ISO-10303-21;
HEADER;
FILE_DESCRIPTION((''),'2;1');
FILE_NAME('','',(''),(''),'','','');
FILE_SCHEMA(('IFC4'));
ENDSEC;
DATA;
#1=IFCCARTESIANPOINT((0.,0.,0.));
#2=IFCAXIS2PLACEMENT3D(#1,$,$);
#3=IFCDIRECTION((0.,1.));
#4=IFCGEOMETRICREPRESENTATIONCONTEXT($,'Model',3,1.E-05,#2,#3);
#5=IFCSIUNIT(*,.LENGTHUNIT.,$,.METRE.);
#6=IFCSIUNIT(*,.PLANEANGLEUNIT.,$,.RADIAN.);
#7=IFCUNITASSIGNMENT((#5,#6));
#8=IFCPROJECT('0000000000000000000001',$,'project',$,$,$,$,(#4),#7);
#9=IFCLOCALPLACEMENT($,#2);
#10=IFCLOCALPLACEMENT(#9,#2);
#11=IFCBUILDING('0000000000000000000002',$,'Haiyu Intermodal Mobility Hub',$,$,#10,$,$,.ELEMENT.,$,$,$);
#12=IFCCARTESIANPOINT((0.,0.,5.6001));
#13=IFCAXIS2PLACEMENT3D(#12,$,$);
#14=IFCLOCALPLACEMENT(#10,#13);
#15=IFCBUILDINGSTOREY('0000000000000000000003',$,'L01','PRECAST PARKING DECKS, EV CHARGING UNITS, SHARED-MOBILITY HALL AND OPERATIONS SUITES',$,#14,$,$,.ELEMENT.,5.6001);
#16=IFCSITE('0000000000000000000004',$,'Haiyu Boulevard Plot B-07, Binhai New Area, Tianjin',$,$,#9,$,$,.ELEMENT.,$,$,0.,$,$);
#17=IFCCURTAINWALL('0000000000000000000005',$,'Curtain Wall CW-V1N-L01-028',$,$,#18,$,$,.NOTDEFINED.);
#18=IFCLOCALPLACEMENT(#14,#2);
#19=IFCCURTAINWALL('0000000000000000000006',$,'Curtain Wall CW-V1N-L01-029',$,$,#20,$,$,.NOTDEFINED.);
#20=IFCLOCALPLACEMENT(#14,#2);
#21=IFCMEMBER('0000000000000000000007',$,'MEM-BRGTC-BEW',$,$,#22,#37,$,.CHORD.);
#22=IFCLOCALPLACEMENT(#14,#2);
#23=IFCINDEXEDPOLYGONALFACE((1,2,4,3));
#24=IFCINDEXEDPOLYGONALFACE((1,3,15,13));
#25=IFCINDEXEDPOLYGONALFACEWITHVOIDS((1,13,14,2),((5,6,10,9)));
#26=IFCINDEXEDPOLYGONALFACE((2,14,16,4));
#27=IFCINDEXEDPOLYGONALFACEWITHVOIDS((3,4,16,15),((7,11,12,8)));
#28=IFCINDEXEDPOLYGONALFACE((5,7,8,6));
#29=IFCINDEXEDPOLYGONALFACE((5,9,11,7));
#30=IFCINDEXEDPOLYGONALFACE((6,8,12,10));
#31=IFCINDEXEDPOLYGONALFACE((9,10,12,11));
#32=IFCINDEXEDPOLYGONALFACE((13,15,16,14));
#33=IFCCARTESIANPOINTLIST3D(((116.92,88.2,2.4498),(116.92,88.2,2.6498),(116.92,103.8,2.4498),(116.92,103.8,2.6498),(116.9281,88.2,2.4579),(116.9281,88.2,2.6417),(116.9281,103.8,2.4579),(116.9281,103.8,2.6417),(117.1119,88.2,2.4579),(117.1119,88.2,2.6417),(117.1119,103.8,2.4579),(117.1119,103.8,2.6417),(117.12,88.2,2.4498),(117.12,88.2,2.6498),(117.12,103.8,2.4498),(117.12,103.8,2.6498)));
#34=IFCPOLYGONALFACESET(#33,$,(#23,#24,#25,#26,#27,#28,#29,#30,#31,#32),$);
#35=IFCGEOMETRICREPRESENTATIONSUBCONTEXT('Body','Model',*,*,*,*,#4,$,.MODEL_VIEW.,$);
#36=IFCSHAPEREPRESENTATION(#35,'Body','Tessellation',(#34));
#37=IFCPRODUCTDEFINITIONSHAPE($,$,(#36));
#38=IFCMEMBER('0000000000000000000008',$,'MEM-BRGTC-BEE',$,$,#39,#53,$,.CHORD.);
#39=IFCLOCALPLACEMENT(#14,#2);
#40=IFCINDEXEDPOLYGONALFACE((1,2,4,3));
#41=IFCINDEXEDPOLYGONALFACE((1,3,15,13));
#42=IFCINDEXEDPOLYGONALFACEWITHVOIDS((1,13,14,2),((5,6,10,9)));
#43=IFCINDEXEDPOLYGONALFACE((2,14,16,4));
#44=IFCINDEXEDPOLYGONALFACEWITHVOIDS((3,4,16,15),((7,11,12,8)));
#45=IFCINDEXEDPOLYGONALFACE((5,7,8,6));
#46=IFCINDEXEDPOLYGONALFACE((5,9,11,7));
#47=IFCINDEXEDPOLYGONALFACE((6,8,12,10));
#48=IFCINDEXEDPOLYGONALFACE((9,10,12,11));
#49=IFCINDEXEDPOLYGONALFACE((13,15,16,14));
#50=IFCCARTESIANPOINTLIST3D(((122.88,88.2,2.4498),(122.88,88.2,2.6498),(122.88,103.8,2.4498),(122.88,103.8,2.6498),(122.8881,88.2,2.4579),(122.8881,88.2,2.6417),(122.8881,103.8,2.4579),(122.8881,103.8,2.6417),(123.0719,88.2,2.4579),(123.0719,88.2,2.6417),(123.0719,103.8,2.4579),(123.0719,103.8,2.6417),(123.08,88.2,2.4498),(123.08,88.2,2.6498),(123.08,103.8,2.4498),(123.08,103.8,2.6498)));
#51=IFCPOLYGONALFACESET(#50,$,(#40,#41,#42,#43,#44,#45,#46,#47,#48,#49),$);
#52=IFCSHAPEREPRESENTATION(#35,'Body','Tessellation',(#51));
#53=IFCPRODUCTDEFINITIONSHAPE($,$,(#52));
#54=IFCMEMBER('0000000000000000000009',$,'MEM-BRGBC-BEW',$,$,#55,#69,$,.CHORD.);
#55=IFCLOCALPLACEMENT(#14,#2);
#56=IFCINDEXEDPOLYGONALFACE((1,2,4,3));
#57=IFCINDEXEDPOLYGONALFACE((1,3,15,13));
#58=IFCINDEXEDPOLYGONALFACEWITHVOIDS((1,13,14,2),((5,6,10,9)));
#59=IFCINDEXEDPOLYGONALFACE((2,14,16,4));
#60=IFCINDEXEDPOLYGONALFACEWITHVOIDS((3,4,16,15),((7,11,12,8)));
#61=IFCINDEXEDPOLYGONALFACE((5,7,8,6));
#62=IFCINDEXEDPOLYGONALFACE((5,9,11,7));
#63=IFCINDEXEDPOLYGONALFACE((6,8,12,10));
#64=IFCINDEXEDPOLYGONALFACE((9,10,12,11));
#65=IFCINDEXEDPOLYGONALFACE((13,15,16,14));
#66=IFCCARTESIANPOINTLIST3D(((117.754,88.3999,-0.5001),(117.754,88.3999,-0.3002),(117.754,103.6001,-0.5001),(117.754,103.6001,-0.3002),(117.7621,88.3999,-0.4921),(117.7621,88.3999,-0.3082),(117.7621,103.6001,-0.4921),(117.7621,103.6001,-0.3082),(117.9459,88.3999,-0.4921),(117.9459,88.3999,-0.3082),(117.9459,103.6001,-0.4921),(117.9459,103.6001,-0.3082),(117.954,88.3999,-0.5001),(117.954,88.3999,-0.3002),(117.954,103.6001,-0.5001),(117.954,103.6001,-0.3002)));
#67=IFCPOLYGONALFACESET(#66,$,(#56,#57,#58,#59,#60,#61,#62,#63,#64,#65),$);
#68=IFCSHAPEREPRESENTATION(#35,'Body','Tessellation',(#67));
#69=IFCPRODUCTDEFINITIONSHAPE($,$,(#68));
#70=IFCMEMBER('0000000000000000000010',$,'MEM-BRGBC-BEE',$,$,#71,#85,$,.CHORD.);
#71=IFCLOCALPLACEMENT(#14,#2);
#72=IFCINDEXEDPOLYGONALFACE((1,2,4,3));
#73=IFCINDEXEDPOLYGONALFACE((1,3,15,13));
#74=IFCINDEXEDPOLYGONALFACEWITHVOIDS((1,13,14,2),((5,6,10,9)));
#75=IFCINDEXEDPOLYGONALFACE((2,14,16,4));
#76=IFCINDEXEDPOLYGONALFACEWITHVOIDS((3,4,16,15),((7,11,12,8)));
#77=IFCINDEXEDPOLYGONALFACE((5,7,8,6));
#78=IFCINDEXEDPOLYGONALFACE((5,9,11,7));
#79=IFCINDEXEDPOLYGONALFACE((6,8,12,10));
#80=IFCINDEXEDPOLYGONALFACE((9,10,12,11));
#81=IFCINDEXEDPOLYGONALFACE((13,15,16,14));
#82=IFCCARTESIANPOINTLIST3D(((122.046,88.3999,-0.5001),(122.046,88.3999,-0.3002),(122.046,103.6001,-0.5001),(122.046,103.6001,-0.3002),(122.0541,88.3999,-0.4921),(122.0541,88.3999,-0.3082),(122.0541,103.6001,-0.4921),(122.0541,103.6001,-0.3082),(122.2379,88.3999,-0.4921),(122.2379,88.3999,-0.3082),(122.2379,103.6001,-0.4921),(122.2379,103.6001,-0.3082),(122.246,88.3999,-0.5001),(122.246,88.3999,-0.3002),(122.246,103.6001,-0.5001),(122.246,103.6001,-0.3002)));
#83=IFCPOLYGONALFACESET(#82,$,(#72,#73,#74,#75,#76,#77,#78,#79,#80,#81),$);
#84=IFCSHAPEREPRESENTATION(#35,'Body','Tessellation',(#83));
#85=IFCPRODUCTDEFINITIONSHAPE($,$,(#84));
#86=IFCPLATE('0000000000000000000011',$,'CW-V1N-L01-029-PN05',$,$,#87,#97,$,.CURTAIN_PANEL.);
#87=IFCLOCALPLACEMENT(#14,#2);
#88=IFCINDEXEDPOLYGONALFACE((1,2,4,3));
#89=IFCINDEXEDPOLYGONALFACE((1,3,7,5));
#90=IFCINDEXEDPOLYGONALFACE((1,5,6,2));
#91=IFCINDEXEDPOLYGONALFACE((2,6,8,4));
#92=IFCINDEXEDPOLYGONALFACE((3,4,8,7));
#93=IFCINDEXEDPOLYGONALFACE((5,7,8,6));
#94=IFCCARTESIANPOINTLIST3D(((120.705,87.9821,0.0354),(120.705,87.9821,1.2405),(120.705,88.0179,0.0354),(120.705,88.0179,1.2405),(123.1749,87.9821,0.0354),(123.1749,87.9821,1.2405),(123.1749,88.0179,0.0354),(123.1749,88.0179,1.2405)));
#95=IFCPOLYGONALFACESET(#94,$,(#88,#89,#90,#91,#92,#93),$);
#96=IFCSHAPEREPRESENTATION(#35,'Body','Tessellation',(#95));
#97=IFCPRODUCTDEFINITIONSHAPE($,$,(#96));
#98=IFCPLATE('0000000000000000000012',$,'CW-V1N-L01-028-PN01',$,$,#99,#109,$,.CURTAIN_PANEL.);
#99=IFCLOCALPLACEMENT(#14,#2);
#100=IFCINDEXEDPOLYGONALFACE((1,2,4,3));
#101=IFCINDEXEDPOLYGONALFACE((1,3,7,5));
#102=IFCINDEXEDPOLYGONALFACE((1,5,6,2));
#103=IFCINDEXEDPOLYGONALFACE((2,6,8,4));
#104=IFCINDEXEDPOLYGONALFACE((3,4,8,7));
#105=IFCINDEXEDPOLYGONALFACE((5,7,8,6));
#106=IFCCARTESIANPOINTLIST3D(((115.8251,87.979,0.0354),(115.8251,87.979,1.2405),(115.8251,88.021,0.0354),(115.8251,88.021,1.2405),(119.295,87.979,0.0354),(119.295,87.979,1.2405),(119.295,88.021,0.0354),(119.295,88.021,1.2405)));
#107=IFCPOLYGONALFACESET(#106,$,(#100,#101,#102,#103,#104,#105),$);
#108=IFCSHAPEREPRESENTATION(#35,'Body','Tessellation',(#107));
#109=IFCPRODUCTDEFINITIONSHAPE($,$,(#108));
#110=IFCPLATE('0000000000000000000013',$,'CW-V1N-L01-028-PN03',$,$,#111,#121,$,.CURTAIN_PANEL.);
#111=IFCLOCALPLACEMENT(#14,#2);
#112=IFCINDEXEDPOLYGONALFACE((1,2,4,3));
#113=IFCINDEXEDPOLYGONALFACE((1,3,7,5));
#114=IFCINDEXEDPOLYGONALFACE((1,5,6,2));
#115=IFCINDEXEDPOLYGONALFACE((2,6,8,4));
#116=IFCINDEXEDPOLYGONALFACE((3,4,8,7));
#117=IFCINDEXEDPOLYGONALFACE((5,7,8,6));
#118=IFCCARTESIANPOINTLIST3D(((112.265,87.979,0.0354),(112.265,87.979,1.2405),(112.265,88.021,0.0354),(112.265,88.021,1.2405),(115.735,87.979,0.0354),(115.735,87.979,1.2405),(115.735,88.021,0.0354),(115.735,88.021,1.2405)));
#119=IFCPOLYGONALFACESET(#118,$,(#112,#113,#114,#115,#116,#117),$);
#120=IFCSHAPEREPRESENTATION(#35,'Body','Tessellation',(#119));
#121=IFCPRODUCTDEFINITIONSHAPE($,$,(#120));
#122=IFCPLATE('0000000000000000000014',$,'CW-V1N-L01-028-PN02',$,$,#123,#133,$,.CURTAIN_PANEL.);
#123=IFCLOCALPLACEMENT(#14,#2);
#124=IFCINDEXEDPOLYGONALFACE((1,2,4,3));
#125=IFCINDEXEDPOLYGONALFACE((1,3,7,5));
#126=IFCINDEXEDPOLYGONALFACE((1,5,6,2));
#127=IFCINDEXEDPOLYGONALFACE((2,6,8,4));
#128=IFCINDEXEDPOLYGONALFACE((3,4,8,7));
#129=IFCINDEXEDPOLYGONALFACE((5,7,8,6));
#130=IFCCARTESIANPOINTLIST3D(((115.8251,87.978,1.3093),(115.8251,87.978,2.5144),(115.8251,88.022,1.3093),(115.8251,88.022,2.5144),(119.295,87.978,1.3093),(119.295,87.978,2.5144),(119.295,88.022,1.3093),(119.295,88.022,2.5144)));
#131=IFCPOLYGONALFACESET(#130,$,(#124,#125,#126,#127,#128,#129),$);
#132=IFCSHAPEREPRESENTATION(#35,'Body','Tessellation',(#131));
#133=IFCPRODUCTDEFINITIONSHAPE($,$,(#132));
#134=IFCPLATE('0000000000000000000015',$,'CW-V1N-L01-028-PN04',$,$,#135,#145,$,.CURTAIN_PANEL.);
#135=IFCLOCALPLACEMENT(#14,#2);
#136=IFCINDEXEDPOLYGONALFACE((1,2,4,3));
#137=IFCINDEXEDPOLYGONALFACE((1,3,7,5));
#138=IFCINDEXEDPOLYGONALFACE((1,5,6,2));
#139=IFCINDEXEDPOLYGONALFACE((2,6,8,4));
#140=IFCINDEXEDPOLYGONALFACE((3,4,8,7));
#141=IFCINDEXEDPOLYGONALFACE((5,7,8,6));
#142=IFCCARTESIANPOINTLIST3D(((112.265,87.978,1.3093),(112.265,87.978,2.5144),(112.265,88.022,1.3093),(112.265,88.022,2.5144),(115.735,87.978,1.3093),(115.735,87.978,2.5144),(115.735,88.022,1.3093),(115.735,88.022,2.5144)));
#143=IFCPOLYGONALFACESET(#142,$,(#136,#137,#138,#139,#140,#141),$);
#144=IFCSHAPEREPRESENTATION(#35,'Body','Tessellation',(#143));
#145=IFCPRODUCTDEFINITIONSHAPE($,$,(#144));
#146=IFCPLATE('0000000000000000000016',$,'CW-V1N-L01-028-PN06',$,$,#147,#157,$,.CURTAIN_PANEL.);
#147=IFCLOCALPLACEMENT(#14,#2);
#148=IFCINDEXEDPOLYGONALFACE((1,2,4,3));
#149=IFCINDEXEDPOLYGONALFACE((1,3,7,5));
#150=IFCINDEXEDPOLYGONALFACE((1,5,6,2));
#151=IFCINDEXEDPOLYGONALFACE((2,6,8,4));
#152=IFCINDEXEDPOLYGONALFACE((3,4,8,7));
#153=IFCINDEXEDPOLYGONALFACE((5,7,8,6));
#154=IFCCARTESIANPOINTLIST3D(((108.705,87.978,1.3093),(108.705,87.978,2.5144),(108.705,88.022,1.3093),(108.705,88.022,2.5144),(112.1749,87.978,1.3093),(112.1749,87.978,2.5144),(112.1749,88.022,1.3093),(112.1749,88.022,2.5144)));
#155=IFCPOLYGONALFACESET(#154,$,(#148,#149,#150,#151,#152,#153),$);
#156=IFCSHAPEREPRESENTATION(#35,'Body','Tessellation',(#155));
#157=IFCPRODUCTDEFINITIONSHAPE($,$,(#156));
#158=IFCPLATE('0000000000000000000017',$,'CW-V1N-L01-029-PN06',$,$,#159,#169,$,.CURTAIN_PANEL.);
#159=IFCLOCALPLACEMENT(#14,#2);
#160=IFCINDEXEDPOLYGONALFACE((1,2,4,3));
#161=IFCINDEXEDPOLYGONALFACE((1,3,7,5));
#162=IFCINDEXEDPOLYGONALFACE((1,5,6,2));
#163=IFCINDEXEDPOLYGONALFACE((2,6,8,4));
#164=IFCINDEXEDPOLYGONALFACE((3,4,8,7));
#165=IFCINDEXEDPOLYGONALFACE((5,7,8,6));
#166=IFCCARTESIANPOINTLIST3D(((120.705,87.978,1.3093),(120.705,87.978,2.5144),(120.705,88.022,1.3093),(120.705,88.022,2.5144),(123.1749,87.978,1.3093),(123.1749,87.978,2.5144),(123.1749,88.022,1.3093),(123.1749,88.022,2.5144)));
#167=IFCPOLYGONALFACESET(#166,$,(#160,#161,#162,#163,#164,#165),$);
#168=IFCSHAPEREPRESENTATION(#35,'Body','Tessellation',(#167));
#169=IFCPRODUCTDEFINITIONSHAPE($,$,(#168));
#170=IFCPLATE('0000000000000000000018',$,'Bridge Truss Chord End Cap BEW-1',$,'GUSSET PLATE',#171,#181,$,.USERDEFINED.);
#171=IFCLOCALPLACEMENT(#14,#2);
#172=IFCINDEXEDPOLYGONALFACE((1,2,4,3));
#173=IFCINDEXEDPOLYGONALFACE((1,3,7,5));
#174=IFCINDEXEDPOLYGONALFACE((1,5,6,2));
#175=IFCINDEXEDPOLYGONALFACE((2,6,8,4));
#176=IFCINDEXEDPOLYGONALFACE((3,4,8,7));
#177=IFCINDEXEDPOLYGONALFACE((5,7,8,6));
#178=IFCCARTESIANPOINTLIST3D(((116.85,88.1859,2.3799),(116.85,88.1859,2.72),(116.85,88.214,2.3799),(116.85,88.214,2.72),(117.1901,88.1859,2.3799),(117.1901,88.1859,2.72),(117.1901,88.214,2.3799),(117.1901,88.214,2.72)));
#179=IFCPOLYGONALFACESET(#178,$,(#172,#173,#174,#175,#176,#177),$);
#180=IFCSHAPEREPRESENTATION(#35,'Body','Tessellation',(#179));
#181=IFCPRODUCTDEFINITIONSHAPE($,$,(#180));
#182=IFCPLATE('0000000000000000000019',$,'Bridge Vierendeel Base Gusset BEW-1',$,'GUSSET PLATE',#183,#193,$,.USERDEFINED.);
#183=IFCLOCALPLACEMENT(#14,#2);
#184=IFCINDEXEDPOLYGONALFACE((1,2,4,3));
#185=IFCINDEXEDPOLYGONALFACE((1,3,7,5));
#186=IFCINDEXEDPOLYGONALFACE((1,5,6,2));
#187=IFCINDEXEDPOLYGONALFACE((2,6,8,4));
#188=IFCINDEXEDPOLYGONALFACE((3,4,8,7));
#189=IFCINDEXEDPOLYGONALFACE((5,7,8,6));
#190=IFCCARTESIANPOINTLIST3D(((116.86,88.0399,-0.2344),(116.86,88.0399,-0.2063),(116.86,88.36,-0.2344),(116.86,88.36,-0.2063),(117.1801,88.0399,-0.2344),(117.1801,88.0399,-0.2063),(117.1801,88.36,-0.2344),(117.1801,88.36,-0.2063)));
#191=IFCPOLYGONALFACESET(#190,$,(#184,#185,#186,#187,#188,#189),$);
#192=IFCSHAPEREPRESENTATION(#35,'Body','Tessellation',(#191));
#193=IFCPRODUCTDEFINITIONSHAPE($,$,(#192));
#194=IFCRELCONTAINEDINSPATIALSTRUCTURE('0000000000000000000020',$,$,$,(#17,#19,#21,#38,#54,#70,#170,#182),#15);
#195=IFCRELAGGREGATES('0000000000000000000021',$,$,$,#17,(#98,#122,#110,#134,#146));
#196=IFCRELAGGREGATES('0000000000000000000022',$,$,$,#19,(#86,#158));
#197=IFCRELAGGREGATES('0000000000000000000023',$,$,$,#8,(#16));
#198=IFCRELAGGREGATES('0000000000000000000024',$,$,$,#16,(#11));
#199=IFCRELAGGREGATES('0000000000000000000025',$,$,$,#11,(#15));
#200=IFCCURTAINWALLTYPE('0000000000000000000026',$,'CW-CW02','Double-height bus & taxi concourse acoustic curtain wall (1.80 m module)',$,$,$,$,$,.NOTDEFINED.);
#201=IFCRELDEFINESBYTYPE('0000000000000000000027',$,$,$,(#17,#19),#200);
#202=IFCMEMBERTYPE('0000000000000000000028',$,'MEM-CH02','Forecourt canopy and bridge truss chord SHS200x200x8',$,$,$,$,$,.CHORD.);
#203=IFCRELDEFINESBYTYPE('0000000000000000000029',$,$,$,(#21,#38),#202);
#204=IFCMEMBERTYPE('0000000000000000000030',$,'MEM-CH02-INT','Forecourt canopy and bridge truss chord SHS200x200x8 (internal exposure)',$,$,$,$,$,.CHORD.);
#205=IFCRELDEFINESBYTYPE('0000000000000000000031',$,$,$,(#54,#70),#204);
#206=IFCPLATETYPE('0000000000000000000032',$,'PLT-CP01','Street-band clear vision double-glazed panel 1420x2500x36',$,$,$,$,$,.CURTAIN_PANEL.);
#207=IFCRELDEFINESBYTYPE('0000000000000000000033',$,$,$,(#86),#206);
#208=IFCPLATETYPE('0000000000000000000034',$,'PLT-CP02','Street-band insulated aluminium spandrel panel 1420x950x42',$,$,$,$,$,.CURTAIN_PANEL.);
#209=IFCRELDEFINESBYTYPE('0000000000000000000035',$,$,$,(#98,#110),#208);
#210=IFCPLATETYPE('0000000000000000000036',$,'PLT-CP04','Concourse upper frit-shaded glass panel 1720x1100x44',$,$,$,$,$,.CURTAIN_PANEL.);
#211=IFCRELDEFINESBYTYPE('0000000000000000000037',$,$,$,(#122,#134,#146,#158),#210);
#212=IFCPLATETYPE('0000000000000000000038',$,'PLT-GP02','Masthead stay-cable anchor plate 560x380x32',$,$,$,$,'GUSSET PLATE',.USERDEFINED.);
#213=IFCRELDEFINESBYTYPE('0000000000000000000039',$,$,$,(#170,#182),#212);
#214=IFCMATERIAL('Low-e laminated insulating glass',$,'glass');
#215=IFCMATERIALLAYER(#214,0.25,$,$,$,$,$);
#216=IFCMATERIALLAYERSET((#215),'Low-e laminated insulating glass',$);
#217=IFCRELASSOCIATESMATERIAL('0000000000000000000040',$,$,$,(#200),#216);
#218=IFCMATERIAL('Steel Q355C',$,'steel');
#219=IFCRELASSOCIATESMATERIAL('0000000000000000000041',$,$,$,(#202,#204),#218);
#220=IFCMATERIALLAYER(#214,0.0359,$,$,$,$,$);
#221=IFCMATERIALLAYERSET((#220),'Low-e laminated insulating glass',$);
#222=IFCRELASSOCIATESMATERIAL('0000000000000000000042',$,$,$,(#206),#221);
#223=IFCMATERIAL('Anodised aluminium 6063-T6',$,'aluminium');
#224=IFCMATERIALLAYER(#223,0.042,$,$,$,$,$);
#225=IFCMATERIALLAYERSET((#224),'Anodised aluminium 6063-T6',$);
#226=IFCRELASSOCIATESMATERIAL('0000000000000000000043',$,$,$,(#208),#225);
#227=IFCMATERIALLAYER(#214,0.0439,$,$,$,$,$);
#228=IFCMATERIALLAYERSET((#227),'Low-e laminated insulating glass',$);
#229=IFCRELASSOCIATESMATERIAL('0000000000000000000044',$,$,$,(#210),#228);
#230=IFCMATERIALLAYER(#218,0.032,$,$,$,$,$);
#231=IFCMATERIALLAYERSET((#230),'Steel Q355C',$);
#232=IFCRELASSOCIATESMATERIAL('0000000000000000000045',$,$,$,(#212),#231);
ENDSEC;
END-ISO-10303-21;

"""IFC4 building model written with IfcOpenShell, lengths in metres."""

from ifc_helpers import new_model, si_unit, direction, frame, origin, origin_2d, place, context, subcontext, project, spatial, rectangle, hollow_rectangle, extrude, material, layer, layer_set, material_profile, profile_set, type_object, element, aggregate, save


model = new_model("IFC4")

# Units and contexts
model_context = context("Model", 3, precision=1e-05, world=origin(), true_north=direction((0.0, 1.0)))
body_context = subcontext(model_context, "Body", "Model", "MODEL_VIEW")
ifc_project = project(units=[si_unit("LENGTHUNIT", "METRE"), si_unit("PLANEANGLEUNIT", "RADIAN")], contexts=[model_context])

# Site, building, storey
site_placement = place(None, origin())
site = spatial("IfcSite", under=ifc_project, at=site_placement, Name="Haiyu Boulevard Plot B-07, Binhai New Area, Tianjin", CompositionType="ELEMENT", RefElevation=0.0)
building_placement = place(site_placement, origin())
building = spatial("IfcBuilding", under=site, at=building_placement, Name="Haiyu Intermodal Mobility Hub", CompositionType="ELEMENT")
storey_placement = place(building_placement, frame((0.0, 0.0, 5.6001)))
storey = spatial("IfcBuildingStorey", under=building, at=storey_placement, Name="L01", Description="PRECAST PARKING DECKS, EV CHARGING UNITS, SHARED-MOBILITY HALL AND OPERATIONS SUITES", CompositionType="ELEMENT", Elevation=5.6001)

# Shared definitions
ifc_material_1 = material(Name="Steel Q355C", Category="steel")

# Curtain wall
ifc_material_2 = material(Name="Low-e laminated insulating glass", Category="glass")
ifc_layer_1 = layer(ifc_material_2, 0.25)
ifc_layer_set_1 = layer_set([ifc_layer_1], Name="Low-e laminated insulating glass")
curtain_wall_type = type_object("IfcCurtainWallType", Name="CW-CW02", Description="Double-height bus & taxi concourse acoustic curtain wall (1.80 m module)", PredefinedType="NOTDEFINED", material=ifc_layer_set_1)
curtain_wall_1_placement = place(storey_placement, origin())
curtain_wall_1 = element("IfcCurtainWall", 1, at=curtain_wall_1_placement, inside=storey, type_object=curtain_wall_type, Name="Curtain Wall CW-V1N-L01-028", PredefinedType="NOTDEFINED")
ifc_material_3 = material(Name="Anodised aluminium 6063-T6", Category="aluminium")

# Curtain wall
curtain_wall_2_placement = place(storey_placement, origin())
curtain_wall_2 = element("IfcCurtainWall", 2, at=curtain_wall_2_placement, inside=storey, type_object=curtain_wall_type, Name="Curtain Wall CW-V1N-L01-029", PredefinedType="NOTDEFINED")

# Members
ifc_material_profile_1 = material_profile(ifc_material_1, hollow_rectangle(XDim=0.2, YDim=0.2, WallThickness=0.0081, at=origin_2d()), Name="SHS200x200x8")
ifc_profile_set_1 = profile_set([ifc_material_profile_1], Name="Steel Q355C")
member_type_1 = type_object("IfcMemberType", Name="MEM-CH02", Description="Forecourt canopy and bridge truss chord SHS200x200x8", PredefinedType="CHORD", material=ifc_profile_set_1)
for number, where, z_axis, x_axis, name in (
    (3, (117.02, 88.2, 2.5498), (0.0, 1.0, 0.0), (-1.0, 0.0, 0.0), "MEM-BRGTC-BEW"),
    (4, (122.98, 88.2, 2.5498), (0.0, 1.0, 0.0), (-1.0, 0.0, 0.0), "MEM-BRGTC-BEE"),
):
    element("IfcMember", number, at=place(storey_placement, frame(where, z_axis=z_axis, x_axis=x_axis)), inside=storey, type_object=member_type_1, Name=name, PredefinedType="CHORD", context=body_context, shape_type="SweptSolid", body=[
        extrude(hollow_rectangle(XDim=0.2, YDim=0.2, WallThickness=0.0081, at=origin_2d()), origin(), (0.0, 0.0, 1.0), 15.6001),
    ])
ifc_material_profile_2 = material_profile(ifc_material_1, hollow_rectangle(XDim=0.2, YDim=0.2, WallThickness=0.0081, at=origin_2d()), Name="SHS200x200x8")
ifc_profile_set_2 = profile_set([ifc_material_profile_2], Name="Steel Q355C")
member_type_2 = type_object("IfcMemberType", Name="MEM-CH02-INT", Description="Forecourt canopy and bridge truss chord SHS200x200x8 (internal exposure)", PredefinedType="CHORD", material=ifc_profile_set_2)
for number, where, z_axis, x_axis, name in (
    (5, (117.854, 88.3999, -0.4001), (0.0, 1.0, 0.0), (-1.0, 0.0, 0.0), "MEM-BRGBC-BEW"),
    (6, (122.146, 88.3999, -0.4001), (0.0, 1.0, 0.0), (-1.0, 0.0, 0.0), "MEM-BRGBC-BEE"),
):
    element("IfcMember", number, at=place(storey_placement, frame(where, z_axis=z_axis, x_axis=x_axis)), inside=storey, type_object=member_type_2, Name=name, PredefinedType="CHORD", context=body_context, shape_type="SweptSolid", body=[
        extrude(hollow_rectangle(XDim=0.2, YDim=0.2, WallThickness=0.0081, at=origin_2d()), origin(), (0.0, 0.0, 1.0), 15.2002),
    ])

# Plates
ifc_layer_2 = layer(ifc_material_2, 0.0359)
ifc_layer_set_2 = layer_set([ifc_layer_2], Name="Low-e laminated insulating glass")
plate_type_1 = type_object("IfcPlateType", Name="PLT-CP01", Description="Street-band clear vision double-glazed panel 1420x2500x36", PredefinedType="CURTAIN_PANEL", material=ifc_layer_set_2)
plate_1_placement = place(storey_placement, frame((121.9399, 88.0, 0.0354), z_axis=(0.0, 0.0, 1.0), x_axis=(-1.0, 0.0, 0.0)))
plate_1 = element("IfcPlate", 7, at=plate_1_placement, type_object=plate_type_1, Name="CW-V1N-L01-029-PN05", PredefinedType="CURTAIN_PANEL", context=body_context, shape_type="SweptSolid", body=[
    extrude(rectangle(XDim=2.47, YDim=0.0359, at=origin_2d()), origin(), (0.0, 0.0, 1.0), 1.2051),
])
ifc_layer_3 = layer(ifc_material_3, 0.042)
ifc_layer_set_3 = layer_set([ifc_layer_3], Name="Anodised aluminium 6063-T6")
plate_type_2 = type_object("IfcPlateType", Name="PLT-CP02", Description="Street-band insulated aluminium spandrel panel 1420x950x42", PredefinedType="CURTAIN_PANEL", material=ifc_layer_set_3)
plate_2_placement = place(storey_placement, frame((117.5601, 88.0, 0.0354), z_axis=(0.0, 0.0, 1.0), x_axis=(-1.0, 0.0, 0.0)))
plate_2 = element("IfcPlate", 8, at=plate_2_placement, type_object=plate_type_2, Name="CW-V1N-L01-028-PN01", PredefinedType="CURTAIN_PANEL", context=body_context, shape_type="SweptSolid", body=[
    extrude(rectangle(XDim=3.47, YDim=0.042, at=origin_2d()), origin(), (0.0, 0.0, 1.0), 1.2051),
])
plate_3_placement = place(storey_placement, frame((114.0, 88.0, 0.0354), z_axis=(0.0, 0.0, 1.0), x_axis=(-1.0, 0.0, 0.0)))
plate_3 = element("IfcPlate", 9, at=plate_3_placement, type_object=plate_type_2, Name="CW-V1N-L01-028-PN03", PredefinedType="CURTAIN_PANEL", context=body_context, shape_type="SweptSolid", body=[
    extrude(rectangle(XDim=3.47, YDim=0.042, at=origin_2d()), origin(), (0.0, 0.0, 1.0), 1.2051),
])
ifc_layer_4 = layer(ifc_material_2, 0.0439)
ifc_layer_set_4 = layer_set([ifc_layer_4], Name="Low-e laminated insulating glass")
plate_type_3 = type_object("IfcPlateType", Name="PLT-CP04", Description="Concourse upper frit-shaded glass panel 1720x1100x44", PredefinedType="CURTAIN_PANEL", material=ifc_layer_set_4)
plate_4_placement = place(storey_placement, frame((117.5601, 88.0, 1.3093), z_axis=(0.0, 0.0, 1.0), x_axis=(-1.0, 0.0, 0.0)))
plate_4 = element("IfcPlate", 10, at=plate_4_placement, type_object=plate_type_3, Name="CW-V1N-L01-028-PN02", PredefinedType="CURTAIN_PANEL", context=body_context, shape_type="SweptSolid", body=[
    extrude(rectangle(XDim=3.47, YDim=0.0439, at=origin_2d()), origin(), (0.0, 0.0, 1.0), 1.2051),
])
plate_5_placement = place(storey_placement, frame((114.0, 88.0, 1.3093), z_axis=(0.0, 0.0, 1.0), x_axis=(-1.0, 0.0, 0.0)))
plate_5 = element("IfcPlate", 11, at=plate_5_placement, type_object=plate_type_3, Name="CW-V1N-L01-028-PN04", PredefinedType="CURTAIN_PANEL", context=body_context, shape_type="SweptSolid", body=[
    extrude(rectangle(XDim=3.47, YDim=0.0439, at=origin_2d()), origin(), (0.0, 0.0, 1.0), 1.2051),
])
plate_6_placement = place(storey_placement, frame((110.4399, 88.0, 1.3093), z_axis=(0.0, 0.0, 1.0), x_axis=(-1.0, 0.0, 0.0)))
plate_6 = element("IfcPlate", 12, at=plate_6_placement, type_object=plate_type_3, Name="CW-V1N-L01-028-PN06", PredefinedType="CURTAIN_PANEL", context=body_context, shape_type="SweptSolid", body=[
    extrude(rectangle(XDim=3.47, YDim=0.0439, at=origin_2d()), origin(), (0.0, 0.0, 1.0), 1.2051),
])
aggregate(curtain_wall_1, [plate_2, plate_4, plate_3, plate_5, plate_6])
plate_7_placement = place(storey_placement, frame((121.9399, 88.0, 1.3093), z_axis=(0.0, 0.0, 1.0), x_axis=(-1.0, 0.0, 0.0)))
plate_7 = element("IfcPlate", 13, at=plate_7_placement, type_object=plate_type_3, Name="CW-V1N-L01-029-PN06", PredefinedType="CURTAIN_PANEL", context=body_context, shape_type="SweptSolid", body=[
    extrude(rectangle(XDim=2.47, YDim=0.0439, at=origin_2d()), origin(), (0.0, 0.0, 1.0), 1.2051),
])
aggregate(curtain_wall_2, [plate_1, plate_7])

# Plates
ifc_layer_5 = layer(ifc_material_1, 0.032)
ifc_layer_set_5 = layer_set([ifc_layer_5], Name="Steel Q355C")
plate_type_4 = type_object("IfcPlateType", Name="PLT-GP02", Description="Masthead stay-cable anchor plate 560x380x32", ElementType="GUSSET PLATE", PredefinedType="USERDEFINED", material=ifc_layer_set_5)
plate_8_placement = place(storey_placement, frame((117.02, 88.2, 2.3799), z_axis=(0.0, 0.0, 1.0), x_axis=(1.0, 0.0, 0.0)))
element("IfcPlate", 14, at=plate_8_placement, inside=storey, type_object=plate_type_4, Name="Bridge Truss Chord End Cap BEW-1", ObjectType="GUSSET PLATE", PredefinedType="USERDEFINED", context=body_context, shape_type="SweptSolid", body=[
    extrude(rectangle(XDim=0.3401, YDim=0.0281, at=origin_2d()), origin(), (0.0, 0.0, 1.0), 0.3401),
])
plate_9_placement = place(storey_placement, frame((117.02, 88.2, -0.2344), z_axis=(0.0, 0.0, 1.0), x_axis=(1.0, 0.0, 0.0)))
element("IfcPlate", 15, at=plate_9_placement, inside=storey, type_object=plate_type_4, Name="Bridge Vierendeel Base Gusset BEW-1", ObjectType="GUSSET PLATE", PredefinedType="USERDEFINED", context=body_context, shape_type="SweptSolid", body=[
    extrude(rectangle(XDim=0.3201, YDim=0.3201, at=origin_2d()), origin(), (0.0, 0.0, 1.0), 0.0281),
])

save(model, "model.ifc")
